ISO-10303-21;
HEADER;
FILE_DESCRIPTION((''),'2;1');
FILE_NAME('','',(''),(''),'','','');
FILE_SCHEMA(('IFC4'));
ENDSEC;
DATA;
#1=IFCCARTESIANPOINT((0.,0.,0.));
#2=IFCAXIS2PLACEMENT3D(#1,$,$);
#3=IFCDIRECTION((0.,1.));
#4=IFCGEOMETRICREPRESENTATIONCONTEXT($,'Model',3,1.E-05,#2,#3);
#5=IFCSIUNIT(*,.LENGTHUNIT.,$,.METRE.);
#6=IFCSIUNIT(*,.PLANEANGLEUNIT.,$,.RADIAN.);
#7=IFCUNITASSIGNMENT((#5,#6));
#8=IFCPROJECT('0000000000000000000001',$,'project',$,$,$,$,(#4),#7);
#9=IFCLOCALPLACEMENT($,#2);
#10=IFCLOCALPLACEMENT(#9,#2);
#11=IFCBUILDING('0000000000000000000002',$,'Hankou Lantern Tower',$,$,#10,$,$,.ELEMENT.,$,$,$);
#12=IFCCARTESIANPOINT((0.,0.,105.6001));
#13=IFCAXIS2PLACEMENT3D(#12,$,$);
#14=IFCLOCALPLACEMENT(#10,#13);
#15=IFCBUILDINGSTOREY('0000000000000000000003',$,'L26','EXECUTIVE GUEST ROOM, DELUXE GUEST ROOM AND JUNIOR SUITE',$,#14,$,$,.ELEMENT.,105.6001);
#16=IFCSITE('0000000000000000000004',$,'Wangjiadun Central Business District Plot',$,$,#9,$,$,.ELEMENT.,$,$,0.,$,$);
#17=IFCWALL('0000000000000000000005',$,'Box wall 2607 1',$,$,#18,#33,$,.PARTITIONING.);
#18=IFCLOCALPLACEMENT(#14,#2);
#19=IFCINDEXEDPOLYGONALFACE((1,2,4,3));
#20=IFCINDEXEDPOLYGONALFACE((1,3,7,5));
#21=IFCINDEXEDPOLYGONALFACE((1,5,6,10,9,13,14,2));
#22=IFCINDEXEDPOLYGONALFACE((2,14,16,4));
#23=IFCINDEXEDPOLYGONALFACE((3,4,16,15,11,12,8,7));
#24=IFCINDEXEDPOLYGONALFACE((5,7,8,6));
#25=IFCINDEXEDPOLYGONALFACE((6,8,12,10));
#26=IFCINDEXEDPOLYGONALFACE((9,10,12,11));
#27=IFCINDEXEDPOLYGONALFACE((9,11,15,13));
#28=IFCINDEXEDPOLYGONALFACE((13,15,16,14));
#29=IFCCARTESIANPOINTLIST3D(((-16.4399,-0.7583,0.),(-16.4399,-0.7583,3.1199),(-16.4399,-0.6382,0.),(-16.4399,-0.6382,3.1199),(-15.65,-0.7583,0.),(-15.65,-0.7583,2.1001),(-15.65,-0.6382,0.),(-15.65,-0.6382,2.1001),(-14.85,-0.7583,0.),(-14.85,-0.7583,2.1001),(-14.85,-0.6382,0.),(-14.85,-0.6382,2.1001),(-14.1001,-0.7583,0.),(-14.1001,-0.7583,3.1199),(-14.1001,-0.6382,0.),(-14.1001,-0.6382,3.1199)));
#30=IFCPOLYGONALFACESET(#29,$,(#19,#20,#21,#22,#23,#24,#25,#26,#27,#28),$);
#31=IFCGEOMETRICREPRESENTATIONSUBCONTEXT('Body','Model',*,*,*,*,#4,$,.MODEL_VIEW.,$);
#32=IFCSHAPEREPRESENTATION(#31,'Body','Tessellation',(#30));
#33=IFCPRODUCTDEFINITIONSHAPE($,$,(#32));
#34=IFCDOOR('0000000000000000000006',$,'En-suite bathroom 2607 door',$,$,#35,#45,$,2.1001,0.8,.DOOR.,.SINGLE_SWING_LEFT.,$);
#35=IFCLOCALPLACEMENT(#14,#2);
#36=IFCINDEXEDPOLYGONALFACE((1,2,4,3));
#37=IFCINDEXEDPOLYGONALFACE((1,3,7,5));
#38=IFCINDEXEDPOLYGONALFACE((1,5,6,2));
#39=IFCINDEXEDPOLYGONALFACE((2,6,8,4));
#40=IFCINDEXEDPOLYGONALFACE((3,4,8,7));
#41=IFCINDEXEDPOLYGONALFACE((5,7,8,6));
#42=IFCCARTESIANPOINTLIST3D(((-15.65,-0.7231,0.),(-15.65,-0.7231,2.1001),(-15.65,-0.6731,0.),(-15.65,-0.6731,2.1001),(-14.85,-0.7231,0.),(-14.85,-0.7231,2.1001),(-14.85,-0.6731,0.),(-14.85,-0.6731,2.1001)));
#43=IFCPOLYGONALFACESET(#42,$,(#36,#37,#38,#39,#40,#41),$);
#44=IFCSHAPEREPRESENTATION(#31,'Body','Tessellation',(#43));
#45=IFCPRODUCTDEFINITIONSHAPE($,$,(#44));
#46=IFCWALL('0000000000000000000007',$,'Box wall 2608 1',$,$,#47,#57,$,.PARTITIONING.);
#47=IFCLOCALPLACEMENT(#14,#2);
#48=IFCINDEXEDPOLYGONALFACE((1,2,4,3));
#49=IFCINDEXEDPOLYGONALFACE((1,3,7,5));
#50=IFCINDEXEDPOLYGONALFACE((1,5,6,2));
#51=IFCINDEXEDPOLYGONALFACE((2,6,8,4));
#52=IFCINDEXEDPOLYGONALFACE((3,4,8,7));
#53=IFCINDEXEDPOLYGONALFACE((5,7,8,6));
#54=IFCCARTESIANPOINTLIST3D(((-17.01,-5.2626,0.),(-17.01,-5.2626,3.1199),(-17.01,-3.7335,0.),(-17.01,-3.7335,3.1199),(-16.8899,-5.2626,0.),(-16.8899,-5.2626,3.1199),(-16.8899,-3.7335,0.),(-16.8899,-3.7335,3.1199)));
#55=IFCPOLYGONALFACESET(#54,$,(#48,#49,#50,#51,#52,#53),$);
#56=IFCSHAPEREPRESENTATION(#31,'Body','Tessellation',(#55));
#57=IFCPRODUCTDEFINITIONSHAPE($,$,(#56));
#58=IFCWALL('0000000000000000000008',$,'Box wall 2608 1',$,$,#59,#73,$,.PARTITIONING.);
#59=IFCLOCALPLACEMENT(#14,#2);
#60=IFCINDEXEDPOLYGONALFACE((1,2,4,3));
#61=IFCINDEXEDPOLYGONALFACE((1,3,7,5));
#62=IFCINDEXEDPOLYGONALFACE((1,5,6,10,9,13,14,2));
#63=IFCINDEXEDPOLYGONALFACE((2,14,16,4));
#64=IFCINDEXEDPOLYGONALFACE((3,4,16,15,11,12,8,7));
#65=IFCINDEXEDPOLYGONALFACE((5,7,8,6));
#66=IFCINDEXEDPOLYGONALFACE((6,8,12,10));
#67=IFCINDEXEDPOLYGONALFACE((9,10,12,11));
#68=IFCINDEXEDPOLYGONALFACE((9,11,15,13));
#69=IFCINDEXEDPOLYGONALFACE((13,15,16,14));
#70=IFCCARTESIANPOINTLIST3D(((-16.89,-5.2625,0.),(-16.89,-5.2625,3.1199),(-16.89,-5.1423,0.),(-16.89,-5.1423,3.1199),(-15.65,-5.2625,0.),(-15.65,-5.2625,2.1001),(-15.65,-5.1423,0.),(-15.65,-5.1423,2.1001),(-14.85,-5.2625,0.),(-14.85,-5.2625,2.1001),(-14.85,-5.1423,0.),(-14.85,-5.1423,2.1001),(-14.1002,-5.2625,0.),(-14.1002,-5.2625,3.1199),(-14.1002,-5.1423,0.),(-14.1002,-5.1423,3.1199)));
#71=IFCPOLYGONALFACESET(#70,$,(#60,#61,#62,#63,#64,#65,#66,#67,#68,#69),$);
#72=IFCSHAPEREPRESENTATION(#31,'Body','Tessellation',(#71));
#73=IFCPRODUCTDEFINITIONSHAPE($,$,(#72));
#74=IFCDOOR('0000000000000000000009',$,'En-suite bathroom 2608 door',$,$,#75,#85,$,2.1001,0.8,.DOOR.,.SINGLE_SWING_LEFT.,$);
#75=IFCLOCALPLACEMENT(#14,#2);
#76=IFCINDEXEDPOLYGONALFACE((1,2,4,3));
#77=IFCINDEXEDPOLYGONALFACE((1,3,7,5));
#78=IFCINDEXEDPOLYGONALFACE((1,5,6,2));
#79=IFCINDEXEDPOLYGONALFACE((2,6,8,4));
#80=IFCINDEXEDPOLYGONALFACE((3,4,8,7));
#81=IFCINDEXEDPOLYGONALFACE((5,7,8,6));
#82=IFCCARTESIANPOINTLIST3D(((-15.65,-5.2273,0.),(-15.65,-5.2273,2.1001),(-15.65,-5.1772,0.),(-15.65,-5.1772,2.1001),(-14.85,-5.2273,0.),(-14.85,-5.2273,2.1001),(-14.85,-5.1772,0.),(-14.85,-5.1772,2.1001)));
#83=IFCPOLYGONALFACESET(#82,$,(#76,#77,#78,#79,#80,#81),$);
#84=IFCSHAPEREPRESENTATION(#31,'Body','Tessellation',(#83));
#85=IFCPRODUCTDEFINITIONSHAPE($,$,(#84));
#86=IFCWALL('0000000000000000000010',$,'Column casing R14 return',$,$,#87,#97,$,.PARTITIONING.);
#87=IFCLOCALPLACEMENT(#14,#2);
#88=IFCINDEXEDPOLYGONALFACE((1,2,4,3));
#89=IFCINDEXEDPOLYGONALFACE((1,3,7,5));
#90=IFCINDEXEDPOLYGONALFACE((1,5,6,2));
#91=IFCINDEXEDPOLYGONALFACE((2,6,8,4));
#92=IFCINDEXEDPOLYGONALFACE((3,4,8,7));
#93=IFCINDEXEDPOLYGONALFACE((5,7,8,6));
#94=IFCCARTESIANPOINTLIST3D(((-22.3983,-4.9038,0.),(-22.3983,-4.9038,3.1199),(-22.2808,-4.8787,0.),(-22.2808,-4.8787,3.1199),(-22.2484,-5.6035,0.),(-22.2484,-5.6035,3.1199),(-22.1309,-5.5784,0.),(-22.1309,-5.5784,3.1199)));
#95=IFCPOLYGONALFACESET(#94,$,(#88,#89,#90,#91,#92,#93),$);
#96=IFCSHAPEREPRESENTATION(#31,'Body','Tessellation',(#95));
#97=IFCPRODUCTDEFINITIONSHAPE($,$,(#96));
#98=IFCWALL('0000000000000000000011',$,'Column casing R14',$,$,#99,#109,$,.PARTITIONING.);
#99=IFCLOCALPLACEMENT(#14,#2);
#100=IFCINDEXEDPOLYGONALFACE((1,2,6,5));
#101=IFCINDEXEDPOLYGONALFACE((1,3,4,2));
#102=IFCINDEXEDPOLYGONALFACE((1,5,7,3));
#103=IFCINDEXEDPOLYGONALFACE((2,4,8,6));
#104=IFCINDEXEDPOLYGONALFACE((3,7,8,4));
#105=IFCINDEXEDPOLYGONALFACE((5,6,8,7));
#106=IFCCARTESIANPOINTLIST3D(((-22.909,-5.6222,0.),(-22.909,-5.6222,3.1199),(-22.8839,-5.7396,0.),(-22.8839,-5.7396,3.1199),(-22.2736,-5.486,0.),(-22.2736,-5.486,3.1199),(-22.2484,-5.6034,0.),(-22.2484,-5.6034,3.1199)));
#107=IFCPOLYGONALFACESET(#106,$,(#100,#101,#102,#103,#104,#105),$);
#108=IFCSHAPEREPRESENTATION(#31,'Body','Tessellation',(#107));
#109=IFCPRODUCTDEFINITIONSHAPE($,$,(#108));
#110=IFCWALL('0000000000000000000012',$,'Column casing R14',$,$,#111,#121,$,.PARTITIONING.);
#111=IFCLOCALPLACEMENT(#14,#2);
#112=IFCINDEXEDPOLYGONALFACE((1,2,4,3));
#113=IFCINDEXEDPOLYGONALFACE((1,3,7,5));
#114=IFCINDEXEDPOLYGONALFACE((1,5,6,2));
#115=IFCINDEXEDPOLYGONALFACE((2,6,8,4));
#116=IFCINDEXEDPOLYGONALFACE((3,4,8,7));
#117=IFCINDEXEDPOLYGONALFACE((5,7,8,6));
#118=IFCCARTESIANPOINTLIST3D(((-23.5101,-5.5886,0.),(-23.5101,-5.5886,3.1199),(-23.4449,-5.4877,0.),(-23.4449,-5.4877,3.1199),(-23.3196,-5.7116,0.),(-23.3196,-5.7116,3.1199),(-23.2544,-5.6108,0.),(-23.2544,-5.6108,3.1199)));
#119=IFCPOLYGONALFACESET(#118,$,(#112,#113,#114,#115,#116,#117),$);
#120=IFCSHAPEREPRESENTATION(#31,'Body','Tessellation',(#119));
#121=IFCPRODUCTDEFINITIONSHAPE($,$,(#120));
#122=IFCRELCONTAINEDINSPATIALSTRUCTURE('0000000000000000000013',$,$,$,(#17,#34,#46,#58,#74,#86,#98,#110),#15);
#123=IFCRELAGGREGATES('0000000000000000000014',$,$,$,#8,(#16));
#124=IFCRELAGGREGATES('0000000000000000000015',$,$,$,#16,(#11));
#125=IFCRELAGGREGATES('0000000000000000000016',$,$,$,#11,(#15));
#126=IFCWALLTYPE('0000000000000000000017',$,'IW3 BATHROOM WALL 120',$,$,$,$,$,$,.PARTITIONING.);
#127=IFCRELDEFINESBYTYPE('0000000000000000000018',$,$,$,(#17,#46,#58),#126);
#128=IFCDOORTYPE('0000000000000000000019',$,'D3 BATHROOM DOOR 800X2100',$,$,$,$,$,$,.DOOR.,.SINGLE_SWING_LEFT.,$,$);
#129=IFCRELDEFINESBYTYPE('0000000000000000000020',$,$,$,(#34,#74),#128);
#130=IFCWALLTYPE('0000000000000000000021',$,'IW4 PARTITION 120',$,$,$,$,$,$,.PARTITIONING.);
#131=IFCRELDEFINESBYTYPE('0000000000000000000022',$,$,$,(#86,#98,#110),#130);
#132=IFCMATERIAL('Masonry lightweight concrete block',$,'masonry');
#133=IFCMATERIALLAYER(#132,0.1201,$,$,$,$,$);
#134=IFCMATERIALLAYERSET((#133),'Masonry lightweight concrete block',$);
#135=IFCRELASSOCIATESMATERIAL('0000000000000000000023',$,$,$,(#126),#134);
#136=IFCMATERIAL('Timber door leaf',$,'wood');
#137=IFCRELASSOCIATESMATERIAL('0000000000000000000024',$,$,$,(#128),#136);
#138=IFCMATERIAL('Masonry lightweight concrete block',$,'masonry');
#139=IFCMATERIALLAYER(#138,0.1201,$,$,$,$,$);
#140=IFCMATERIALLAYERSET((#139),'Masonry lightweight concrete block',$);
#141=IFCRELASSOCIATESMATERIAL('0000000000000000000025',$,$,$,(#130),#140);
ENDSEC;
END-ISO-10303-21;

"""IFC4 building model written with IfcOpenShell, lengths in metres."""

from ifc_helpers import new_model, si_unit, direction, frame, frame_2d, origin, place, context, subcontext, project, spatial, rectangle, extrude, material, layer, layer_set, type_object, element, fill, save


model = new_model("IFC4")

# Units and contexts
model_context = context("Model", 3, precision=1e-05, world=origin(), true_north=direction((0.0, 1.0)))
body_context = subcontext(model_context, "Body", "Model", "MODEL_VIEW")
ifc_project = project(units=[si_unit("LENGTHUNIT", "METRE"), si_unit("PLANEANGLEUNIT", "RADIAN")], contexts=[model_context])

# Site, building, storey
site_placement = place(None, origin())
site = spatial("IfcSite", under=ifc_project, at=site_placement, Name="Wangjiadun Central Business District Plot", CompositionType="ELEMENT", RefElevation=0.0)
building_placement = place(site_placement, origin())
building = spatial("IfcBuilding", under=site, at=building_placement, Name="Hankou Lantern Tower", CompositionType="ELEMENT")
storey_placement = place(building_placement, frame((0.0, 0.0, 105.6001)))
storey = spatial("IfcBuildingStorey", under=building, at=storey_placement, Name="L26", Description="EXECUTIVE GUEST ROOM, DELUXE GUEST ROOM AND JUNIOR SUITE", CompositionType="ELEMENT", Elevation=105.6001)

# Wall, opening, door
ifc_material_1 = material(Name="Masonry lightweight concrete block", Category="masonry")
ifc_layer_1 = layer(ifc_material_1, 0.1201)
ifc_layer_set_1 = layer_set([ifc_layer_1], Name="Masonry lightweight concrete block")
wall_type_1 = type_object("IfcWallType", Name="IW3 BATHROOM WALL 120", PredefinedType="PARTITIONING", material=ifc_layer_set_1)
wall_1_placement = place(storey_placement, frame((-14.1001, -0.6982, 0.0), z_axis=(0.0, 0.0, 1.0), x_axis=(-1.0, 0.0, 0.0)))
wall_1 = element("IfcWall", 1, at=wall_1_placement, inside=storey, type_object=wall_type_1, Name="Box wall 2607 1", PredefinedType="PARTITIONING", context=body_context, shape_type="SweptSolid", body=[
    extrude(rectangle(XDim=2.3398, YDim=0.1201, at=frame_2d((1.1699, 0.0))), origin(), (0.0, 0.0, 1.0), 3.1199),
])
opening_1_placement = place(wall_1_placement, frame((0.75, 0.0, 0.0)))
opening_1 = element("IfcOpeningElement", 2, at=opening_1_placement, cuts=wall_1, PredefinedType="OPENING", context=body_context, shape_type="SweptSolid", body=[
    extrude(rectangle(XDim=0.8, YDim=2.1001, at=frame_2d((0.3999, 1.05))), frame((0.0, 0.0701, 0.0), z_axis=(0.0, -1.0, 0.0), x_axis=(1.0, 0.0, 0.0)), (0.0, 0.0, 1.0), 0.1401),
])
ifc_material_2 = material(Name="Timber door leaf", Category="wood")
door_type = type_object("IfcDoorType", Name="D3 BATHROOM DOOR 800X2100", OperationType="SINGLE_SWING_LEFT", PredefinedType="DOOR", material=ifc_material_2)
door_1_placement = place(opening_1_placement, origin())
door_1 = element("IfcDoor", 3, at=door_1_placement, inside=storey, type_object=door_type, Name="En-suite bathroom 2607 door", OperationType="SINGLE_SWING_LEFT", OverallHeight=2.1001, OverallWidth=0.8, PredefinedType="DOOR", context=body_context, shape_type="SweptSolid", body=[
    extrude(rectangle(XDim=0.8, YDim=2.1001, at=frame_2d((0.3999, 1.05))), frame((0.0, 0.0249, 0.0), z_axis=(0.0, -1.0, 0.0), x_axis=(1.0, 0.0, 0.0)), (0.0, 0.0, 1.0), 0.05),
])
fill(opening_1, door_1)

# Wall
wall_2_placement = place(storey_placement, frame((-16.95, -3.7334, 0.0), z_axis=(0.0, 0.0, 1.0), x_axis=(0.0, -1.0, 0.0)))
element("IfcWall", 4, at=wall_2_placement, inside=storey, type_object=wall_type_1, Name="Box wall 2608 1", PredefinedType="PARTITIONING", context=body_context, shape_type="SweptSolid", body=[
    extrude(rectangle(XDim=1.5291, YDim=0.1201, at=frame_2d((0.7646, 0.0))), origin(), (0.0, 0.0, 1.0), 3.1199),
])

# Wall, opening, door
wall_3_placement = place(storey_placement, frame((-14.1001, -5.2024, 0.0), z_axis=(0.0, 0.0, 1.0), x_axis=(-1.0, 0.0, 0.0)))
wall_3 = element("IfcWall", 5, at=wall_3_placement, inside=storey, type_object=wall_type_1, Name="Box wall 2608 1", PredefinedType="PARTITIONING", context=body_context, shape_type="SweptSolid", body=[
    extrude(rectangle(XDim=2.7898, YDim=0.1201, at=frame_2d((1.395, 0.0))), origin(), (0.0, 0.0, 1.0), 3.1199),
])
opening_2_placement = place(wall_3_placement, frame((0.75, 0.0, 0.0)))
opening_2 = element("IfcOpeningElement", 6, at=opening_2_placement, cuts=wall_3, PredefinedType="OPENING", context=body_context, shape_type="SweptSolid", body=[
    extrude(rectangle(XDim=0.8, YDim=2.1001, at=frame_2d((0.3999, 1.05))), frame((0.0, 0.0701, 0.0), z_axis=(0.0, -1.0, 0.0), x_axis=(1.0, 0.0, 0.0)), (0.0, 0.0, 1.0), 0.1401),
])
door_2_placement = place(opening_2_placement, origin())
door_2 = element("IfcDoor", 7, at=door_2_placement, inside=storey, type_object=door_type, Name="En-suite bathroom 2608 door", OperationType="SINGLE_SWING_LEFT", OverallHeight=2.1001, OverallWidth=0.8, PredefinedType="DOOR", context=body_context, shape_type="SweptSolid", body=[
    extrude(rectangle(XDim=0.8, YDim=2.1001, at=frame_2d((0.3999, 1.05))), frame((0.0, 0.0249, 0.0), z_axis=(0.0, -1.0, 0.0), x_axis=(1.0, 0.0, 0.0)), (0.0, 0.0, 1.0), 0.05),
])
fill(opening_2, door_2)

# Walls
ifc_material_3 = material(Name="Masonry lightweight concrete block", Category="masonry")
ifc_layer_2 = layer(ifc_material_3, 0.1201)
ifc_layer_set_2 = layer_set([ifc_layer_2], Name="Masonry lightweight concrete block")
wall_type_2 = type_object("IfcWallType", Name="IW4 PARTITION 120", PredefinedType="PARTITIONING", material=ifc_layer_set_2)
wall_4_placement = place(storey_placement, frame((-22.3396, -4.8911, 0.0), z_axis=(0.0, 0.0, 1.0), x_axis=(0.209482, -0.977812, 0.0)))
element("IfcWall", 8, at=wall_4_placement, inside=storey, type_object=wall_type_2, Name="Column casing R14 return", PredefinedType="PARTITIONING", context=body_context, shape_type="SweptSolid", body=[
    extrude(rectangle(XDim=0.7156, YDim=0.1201, at=frame_2d((0.3579, 0.0))), origin(), (0.0, 0.0, 1.0), 3.1199),
])
wall_5_placement = place(storey_placement, frame((-22.261, -5.5447, 0.0), z_axis=(0.0, 0.0, 1.0), x_axis=(-0.977786, -0.209606, 0.0)))
element("IfcWall", 9, at=wall_5_placement, inside=storey, type_object=wall_type_2, Name="Column casing R14", PredefinedType="PARTITIONING", context=body_context, shape_type="SweptSolid", body=[
    extrude(rectangle(XDim=0.6499, YDim=0.1201, at=frame_2d((0.325, 0.0))), origin(), (0.0, 0.0, 1.0), 3.1199),
])
wall_6_placement = place(storey_placement, frame((-23.2871, -5.6611, 0.0), z_axis=(0.0, 0.0, 1.0), x_axis=(-0.839917, 0.542715, 0.0)))
element("IfcWall", 10, at=wall_6_placement, inside=storey, type_object=wall_type_2, Name="Column casing R14", PredefinedType="PARTITIONING", context=body_context, shape_type="SweptSolid", body=[
    extrude(rectangle(XDim=0.2268, YDim=0.1201, at=frame_2d((0.1133, 0.0))), origin(), (0.0, 0.0, 1.0), 3.1199),
])

save(model, "model.ifc")
